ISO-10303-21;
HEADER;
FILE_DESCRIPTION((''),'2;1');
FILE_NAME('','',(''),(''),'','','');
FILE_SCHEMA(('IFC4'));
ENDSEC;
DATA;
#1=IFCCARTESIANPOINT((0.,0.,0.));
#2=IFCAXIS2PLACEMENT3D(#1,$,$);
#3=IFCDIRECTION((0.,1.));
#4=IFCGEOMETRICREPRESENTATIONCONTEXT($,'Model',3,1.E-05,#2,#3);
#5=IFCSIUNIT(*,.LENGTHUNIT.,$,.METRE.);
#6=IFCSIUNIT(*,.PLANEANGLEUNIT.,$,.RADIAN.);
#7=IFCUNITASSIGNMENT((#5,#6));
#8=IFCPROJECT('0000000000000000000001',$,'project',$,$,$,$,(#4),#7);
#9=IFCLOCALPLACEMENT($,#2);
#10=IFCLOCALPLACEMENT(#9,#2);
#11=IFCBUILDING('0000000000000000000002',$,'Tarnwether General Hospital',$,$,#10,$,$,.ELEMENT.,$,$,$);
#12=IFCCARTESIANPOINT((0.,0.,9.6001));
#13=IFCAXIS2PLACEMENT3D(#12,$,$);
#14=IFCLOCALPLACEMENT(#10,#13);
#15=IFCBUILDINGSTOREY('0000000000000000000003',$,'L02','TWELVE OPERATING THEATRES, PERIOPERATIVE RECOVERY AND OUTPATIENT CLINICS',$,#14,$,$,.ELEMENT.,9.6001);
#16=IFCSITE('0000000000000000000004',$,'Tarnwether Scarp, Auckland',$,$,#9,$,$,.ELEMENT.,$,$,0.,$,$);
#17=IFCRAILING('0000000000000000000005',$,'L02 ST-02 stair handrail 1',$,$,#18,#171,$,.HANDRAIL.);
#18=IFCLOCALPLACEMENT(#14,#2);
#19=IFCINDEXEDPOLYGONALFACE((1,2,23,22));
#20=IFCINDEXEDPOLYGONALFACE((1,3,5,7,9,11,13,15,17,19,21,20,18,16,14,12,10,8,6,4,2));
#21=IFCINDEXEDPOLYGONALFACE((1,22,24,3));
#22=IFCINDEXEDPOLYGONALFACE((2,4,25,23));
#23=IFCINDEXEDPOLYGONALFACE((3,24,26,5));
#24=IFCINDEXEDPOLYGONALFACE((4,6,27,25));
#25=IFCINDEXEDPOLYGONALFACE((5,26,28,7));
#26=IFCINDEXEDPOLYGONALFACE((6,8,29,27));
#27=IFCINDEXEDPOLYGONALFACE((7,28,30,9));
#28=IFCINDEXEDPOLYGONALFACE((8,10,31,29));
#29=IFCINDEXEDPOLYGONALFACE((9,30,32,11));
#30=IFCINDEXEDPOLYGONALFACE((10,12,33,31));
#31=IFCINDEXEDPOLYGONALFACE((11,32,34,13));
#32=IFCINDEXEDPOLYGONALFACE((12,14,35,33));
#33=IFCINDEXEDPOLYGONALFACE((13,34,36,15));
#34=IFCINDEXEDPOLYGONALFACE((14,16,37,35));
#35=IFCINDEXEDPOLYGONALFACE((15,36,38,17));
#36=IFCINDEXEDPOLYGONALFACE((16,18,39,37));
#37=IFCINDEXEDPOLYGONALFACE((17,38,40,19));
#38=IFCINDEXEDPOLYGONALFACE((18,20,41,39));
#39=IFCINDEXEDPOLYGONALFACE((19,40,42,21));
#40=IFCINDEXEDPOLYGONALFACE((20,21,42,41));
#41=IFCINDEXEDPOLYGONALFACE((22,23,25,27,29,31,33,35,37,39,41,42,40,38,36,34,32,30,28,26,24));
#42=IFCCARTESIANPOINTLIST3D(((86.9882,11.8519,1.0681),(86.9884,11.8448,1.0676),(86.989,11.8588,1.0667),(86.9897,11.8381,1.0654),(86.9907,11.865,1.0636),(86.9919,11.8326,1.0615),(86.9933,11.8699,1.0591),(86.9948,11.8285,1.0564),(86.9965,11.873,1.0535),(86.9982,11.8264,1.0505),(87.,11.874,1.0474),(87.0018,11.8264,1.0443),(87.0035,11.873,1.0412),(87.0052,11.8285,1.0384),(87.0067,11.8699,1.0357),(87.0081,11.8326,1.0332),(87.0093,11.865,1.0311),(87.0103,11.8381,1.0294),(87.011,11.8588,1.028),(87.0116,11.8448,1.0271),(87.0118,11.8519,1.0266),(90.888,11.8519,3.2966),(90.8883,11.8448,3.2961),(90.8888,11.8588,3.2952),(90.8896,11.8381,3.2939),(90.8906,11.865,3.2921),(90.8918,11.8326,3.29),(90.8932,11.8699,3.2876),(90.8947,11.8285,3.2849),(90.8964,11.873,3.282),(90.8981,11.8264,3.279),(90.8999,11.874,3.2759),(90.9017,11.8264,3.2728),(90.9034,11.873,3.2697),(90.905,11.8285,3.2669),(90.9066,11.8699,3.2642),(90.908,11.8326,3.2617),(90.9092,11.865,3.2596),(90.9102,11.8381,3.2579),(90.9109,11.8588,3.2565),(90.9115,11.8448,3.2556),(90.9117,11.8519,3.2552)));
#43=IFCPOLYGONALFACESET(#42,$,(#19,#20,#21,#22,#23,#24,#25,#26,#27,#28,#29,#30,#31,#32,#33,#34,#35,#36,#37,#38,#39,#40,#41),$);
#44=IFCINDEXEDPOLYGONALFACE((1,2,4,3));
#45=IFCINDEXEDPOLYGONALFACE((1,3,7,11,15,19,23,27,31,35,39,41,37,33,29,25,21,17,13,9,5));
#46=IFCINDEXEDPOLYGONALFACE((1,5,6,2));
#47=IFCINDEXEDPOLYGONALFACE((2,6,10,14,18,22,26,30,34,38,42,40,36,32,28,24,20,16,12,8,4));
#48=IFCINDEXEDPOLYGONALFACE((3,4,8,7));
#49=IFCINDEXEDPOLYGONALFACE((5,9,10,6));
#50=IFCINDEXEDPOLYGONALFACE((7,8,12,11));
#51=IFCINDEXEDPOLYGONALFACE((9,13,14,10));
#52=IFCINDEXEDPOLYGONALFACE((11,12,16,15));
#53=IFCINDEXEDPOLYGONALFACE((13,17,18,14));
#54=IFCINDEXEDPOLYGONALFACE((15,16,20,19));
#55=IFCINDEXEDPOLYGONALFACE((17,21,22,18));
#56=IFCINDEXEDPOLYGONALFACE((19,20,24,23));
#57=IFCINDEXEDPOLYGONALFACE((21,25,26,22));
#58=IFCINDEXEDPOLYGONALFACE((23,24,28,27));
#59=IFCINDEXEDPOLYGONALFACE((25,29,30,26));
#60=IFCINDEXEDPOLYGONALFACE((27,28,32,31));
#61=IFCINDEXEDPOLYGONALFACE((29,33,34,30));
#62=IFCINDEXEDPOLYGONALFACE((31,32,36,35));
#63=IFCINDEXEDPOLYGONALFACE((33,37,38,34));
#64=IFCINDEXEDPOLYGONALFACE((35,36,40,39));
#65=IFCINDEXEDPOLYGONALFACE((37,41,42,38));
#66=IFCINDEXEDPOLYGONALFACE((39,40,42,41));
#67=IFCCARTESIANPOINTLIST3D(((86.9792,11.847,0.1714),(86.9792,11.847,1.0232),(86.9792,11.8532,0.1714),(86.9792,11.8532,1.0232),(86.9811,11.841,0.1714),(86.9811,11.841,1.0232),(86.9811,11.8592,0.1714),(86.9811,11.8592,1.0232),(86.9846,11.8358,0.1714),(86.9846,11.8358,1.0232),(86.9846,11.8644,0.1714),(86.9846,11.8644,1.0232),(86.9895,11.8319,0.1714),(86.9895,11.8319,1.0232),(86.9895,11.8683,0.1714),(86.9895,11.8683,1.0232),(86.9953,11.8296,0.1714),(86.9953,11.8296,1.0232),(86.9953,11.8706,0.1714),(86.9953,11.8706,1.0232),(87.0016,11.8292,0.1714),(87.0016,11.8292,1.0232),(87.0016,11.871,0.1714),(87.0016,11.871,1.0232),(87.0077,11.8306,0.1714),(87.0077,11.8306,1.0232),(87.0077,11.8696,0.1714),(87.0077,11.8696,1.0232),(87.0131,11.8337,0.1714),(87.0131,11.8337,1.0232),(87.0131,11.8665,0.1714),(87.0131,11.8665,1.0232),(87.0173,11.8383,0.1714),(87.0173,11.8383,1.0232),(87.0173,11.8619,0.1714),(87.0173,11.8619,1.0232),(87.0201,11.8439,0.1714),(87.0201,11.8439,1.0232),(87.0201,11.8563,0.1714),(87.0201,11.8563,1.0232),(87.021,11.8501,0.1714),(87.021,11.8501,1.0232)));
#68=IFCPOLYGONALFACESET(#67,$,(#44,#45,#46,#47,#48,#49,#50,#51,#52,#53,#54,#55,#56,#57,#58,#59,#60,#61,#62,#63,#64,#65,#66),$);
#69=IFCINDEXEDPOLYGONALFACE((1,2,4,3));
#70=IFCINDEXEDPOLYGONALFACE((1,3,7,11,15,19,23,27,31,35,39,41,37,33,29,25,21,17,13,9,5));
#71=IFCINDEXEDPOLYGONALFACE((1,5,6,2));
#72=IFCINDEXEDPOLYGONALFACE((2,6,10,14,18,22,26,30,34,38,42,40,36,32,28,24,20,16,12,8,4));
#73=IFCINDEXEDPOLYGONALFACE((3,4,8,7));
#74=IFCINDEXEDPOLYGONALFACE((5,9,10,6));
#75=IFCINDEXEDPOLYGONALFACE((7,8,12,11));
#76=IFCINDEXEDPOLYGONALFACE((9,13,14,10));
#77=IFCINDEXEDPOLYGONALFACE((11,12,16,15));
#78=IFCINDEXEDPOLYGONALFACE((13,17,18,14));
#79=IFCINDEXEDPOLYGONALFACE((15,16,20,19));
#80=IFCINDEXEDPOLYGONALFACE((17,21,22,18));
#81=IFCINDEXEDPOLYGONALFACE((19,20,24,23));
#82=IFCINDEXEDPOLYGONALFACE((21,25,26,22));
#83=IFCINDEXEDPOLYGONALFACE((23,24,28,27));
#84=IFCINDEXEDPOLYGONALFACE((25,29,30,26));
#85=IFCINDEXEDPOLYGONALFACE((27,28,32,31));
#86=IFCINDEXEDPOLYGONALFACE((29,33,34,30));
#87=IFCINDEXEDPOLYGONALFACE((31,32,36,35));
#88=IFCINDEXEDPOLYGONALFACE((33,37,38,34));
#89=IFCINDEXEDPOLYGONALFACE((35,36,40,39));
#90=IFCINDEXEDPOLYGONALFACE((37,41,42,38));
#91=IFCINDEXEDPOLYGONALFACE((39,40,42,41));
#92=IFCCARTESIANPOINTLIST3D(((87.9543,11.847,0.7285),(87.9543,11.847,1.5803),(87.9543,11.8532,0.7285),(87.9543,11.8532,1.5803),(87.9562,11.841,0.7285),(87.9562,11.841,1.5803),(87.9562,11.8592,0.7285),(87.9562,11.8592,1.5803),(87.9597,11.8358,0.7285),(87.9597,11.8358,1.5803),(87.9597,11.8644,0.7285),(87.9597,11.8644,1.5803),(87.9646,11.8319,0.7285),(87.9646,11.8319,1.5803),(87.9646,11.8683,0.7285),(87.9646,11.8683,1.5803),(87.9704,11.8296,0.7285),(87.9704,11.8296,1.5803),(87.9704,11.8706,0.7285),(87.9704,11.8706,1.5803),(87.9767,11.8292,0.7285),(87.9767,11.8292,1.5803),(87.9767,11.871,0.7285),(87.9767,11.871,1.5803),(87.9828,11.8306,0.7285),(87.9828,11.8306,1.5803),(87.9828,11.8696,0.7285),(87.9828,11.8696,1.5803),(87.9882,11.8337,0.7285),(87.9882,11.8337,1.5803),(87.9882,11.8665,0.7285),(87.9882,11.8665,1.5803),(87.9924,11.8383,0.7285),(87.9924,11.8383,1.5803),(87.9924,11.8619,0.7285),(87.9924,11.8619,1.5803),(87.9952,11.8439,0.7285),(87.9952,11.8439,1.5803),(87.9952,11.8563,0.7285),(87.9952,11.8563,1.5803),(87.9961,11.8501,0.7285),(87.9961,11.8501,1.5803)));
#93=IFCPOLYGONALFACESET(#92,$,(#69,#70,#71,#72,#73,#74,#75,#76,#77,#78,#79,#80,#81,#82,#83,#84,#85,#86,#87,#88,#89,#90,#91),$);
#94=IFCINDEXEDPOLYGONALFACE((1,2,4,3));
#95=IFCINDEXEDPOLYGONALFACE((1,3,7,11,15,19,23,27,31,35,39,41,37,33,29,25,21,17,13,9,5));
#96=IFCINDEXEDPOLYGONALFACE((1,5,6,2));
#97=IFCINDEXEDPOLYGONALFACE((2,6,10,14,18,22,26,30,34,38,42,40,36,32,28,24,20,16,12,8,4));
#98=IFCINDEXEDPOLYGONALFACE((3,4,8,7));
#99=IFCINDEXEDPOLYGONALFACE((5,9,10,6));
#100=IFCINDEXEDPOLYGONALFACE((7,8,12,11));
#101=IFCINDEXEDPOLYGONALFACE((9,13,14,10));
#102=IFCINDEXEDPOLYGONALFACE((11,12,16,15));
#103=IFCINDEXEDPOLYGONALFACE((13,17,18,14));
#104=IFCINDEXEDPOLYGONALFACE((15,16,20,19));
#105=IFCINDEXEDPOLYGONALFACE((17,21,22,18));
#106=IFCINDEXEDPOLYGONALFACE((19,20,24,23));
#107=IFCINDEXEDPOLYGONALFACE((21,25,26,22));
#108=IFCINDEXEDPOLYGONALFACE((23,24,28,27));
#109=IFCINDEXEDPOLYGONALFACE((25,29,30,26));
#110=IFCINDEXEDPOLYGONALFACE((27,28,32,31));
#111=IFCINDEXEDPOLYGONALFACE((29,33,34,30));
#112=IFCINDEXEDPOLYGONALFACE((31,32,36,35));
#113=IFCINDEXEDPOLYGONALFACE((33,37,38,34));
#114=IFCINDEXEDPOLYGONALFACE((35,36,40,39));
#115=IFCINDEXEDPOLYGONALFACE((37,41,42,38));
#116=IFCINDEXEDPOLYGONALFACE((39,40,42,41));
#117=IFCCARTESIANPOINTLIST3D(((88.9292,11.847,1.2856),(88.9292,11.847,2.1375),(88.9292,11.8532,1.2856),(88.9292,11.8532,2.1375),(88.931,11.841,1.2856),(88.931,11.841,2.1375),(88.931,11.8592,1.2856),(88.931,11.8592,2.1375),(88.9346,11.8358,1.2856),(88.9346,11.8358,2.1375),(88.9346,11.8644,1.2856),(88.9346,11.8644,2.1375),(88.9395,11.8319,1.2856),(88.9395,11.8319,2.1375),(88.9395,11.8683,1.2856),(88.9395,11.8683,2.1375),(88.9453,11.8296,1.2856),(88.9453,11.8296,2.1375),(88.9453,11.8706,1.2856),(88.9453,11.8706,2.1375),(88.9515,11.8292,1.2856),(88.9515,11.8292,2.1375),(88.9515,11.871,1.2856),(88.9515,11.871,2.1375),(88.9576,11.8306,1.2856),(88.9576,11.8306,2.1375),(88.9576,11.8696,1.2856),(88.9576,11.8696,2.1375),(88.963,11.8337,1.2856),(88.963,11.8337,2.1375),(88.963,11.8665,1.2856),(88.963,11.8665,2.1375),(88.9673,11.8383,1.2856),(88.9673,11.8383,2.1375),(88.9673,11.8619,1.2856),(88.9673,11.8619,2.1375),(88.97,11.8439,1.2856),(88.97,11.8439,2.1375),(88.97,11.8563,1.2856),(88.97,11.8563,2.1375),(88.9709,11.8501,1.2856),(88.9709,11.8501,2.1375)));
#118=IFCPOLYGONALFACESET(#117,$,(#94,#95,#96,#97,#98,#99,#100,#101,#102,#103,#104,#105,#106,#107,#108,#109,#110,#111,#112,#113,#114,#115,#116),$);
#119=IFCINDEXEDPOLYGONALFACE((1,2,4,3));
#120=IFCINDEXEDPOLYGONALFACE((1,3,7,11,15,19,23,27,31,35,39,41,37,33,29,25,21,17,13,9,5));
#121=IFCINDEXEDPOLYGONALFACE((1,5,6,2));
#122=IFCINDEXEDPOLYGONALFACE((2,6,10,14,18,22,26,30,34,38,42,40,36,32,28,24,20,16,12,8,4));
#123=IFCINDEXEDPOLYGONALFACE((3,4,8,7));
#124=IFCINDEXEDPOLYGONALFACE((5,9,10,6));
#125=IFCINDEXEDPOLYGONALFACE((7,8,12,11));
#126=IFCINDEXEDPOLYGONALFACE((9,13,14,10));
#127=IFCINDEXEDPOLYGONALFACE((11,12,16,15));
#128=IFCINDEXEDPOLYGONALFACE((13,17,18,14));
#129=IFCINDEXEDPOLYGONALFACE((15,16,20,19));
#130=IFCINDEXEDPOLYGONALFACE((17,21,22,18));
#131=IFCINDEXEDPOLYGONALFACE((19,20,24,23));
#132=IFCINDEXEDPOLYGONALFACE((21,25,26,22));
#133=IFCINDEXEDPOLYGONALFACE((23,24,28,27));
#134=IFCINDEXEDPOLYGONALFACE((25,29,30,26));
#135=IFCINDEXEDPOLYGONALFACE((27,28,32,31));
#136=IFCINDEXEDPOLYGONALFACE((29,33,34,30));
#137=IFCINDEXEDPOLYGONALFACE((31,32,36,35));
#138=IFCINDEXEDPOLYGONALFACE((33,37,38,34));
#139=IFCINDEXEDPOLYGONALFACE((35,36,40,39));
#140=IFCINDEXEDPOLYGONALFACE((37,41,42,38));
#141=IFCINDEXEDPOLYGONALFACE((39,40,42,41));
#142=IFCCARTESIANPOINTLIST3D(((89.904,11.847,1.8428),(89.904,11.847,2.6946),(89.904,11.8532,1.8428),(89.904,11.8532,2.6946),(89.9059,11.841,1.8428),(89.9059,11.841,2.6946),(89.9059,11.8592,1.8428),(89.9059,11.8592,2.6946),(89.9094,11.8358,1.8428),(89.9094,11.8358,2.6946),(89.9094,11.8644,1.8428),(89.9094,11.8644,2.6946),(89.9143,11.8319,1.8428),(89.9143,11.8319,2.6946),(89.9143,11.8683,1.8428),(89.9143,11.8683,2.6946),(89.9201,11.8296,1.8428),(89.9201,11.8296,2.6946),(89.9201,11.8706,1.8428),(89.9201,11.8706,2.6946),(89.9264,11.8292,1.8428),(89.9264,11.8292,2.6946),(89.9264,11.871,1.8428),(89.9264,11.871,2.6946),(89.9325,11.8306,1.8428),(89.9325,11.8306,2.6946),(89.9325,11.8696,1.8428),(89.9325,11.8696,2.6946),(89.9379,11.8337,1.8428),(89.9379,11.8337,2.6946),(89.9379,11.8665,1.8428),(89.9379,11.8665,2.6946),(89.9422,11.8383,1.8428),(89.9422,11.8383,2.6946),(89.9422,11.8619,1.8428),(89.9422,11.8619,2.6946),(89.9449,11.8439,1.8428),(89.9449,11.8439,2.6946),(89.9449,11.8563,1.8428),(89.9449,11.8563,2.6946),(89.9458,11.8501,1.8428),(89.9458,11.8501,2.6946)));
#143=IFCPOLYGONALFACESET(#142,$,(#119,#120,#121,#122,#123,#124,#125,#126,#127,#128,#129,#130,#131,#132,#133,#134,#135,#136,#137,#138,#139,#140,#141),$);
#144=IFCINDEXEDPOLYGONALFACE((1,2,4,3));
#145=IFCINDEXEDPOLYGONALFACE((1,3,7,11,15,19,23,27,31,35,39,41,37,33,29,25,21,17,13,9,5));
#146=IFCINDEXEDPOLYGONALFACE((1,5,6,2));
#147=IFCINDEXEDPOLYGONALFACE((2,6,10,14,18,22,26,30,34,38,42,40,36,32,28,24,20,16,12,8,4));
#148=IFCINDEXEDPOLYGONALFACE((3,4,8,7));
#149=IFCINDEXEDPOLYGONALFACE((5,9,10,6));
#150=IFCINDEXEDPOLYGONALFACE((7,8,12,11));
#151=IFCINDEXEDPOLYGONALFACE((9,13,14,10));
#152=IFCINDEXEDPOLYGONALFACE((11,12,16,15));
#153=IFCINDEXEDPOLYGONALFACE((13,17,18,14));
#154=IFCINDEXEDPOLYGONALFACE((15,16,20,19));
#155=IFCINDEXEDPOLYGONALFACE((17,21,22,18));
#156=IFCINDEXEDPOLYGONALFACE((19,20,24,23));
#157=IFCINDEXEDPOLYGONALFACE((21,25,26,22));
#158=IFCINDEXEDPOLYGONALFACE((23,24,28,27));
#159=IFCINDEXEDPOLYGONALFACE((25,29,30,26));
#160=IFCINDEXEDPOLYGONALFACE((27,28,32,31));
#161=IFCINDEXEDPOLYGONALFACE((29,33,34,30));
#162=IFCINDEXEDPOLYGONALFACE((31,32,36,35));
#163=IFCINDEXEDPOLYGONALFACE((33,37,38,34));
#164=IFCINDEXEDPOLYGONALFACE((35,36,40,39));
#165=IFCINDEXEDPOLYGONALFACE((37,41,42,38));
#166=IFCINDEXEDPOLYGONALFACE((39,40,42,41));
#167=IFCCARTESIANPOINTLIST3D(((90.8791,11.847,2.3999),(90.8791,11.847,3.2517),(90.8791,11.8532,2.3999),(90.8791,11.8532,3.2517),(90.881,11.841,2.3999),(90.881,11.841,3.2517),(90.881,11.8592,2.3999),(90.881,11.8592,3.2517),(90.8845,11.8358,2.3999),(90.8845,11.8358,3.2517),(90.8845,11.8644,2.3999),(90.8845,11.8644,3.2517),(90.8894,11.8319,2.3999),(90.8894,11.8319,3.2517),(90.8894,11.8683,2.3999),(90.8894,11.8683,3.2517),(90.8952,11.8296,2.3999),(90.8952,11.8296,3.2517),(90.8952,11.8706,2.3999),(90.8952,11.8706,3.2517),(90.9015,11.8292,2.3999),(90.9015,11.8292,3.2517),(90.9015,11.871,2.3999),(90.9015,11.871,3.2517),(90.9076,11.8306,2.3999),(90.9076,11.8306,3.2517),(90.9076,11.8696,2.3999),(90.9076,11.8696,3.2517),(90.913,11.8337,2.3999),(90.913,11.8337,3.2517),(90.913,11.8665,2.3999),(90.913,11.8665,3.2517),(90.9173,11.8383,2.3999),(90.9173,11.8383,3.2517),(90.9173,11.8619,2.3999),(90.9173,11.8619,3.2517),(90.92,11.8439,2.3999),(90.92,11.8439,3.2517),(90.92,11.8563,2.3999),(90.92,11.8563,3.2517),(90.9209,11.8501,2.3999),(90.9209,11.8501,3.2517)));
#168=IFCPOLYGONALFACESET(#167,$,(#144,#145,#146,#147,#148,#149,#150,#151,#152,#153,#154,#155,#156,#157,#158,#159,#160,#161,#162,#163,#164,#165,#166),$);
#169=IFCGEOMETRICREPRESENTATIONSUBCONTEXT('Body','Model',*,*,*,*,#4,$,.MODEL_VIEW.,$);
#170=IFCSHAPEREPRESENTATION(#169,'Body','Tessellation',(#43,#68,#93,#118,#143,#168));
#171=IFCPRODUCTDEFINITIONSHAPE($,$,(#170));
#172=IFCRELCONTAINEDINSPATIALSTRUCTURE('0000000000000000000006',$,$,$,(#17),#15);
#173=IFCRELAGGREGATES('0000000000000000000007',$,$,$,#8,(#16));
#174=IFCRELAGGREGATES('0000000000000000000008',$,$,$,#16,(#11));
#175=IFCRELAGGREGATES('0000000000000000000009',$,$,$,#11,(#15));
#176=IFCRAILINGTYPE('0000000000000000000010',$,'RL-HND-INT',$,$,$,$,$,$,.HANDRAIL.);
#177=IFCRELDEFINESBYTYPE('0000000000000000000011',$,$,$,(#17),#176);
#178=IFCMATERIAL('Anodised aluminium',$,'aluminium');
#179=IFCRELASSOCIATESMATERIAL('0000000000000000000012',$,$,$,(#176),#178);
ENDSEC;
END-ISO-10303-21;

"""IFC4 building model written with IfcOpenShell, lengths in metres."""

from ifc_helpers import new_model, si_unit, direction, frame, origin, origin_2d, place, context, subcontext, project, spatial, circle, extrude, material, type_object, element, save


model = new_model("IFC4")

# Units and contexts
model_context = context("Model", 3, precision=1e-05, world=origin(), true_north=direction((0.0, 1.0)))
body_context = subcontext(model_context, "Body", "Model", "MODEL_VIEW")
ifc_project = project(units=[si_unit("LENGTHUNIT", "METRE"), si_unit("PLANEANGLEUNIT", "RADIAN")], contexts=[model_context])

# Site, building, storey
site_placement = place(None, origin())
site = spatial("IfcSite", under=ifc_project, at=site_placement, Name="Tarnwether Scarp, Auckland", CompositionType="ELEMENT", RefElevation=0.0)
building_placement = place(site_placement, origin())
building = spatial("IfcBuilding", under=site, at=building_placement, Name="Tarnwether General Hospital", CompositionType="ELEMENT")
storey_placement = place(building_placement, frame((0.0, 0.0, 9.6001)))
storey = spatial("IfcBuildingStorey", under=building, at=storey_placement, Name="L02", Description="TWELVE OPERATING THEATRES, PERIOPERATIVE RECOVERY AND OUTPATIENT CLINICS", CompositionType="ELEMENT", Elevation=9.6001)

# Railing
ifc_material_1 = material(Name="Anodised aluminium", Category="aluminium")
railing_type_1 = type_object("IfcRailingType", Name="RL-HND-INT", PredefinedType="HANDRAIL", material=ifc_material_1)
railing_1_placement = place(storey_placement, frame((87.0, 11.8501, 0.1714)))
element("IfcRailing", 1, at=railing_1_placement, inside=storey, type_object=railing_type_1, Name="L02 ST-02 stair handrail 1", PredefinedType="HANDRAIL", context=body_context, shape_type="SweptSolid", body=[
    extrude(circle(Radius=0.0239, at=origin_2d()), frame((0.0, 0.0, 0.876), z_axis=(0.868243, 0.0, 0.496139), x_axis=(0.0, 1.0, 0.0)), (0.0, 0.0, 1.0), 4.4917),
    extrude(circle(Radius=0.021, at=origin_2d()), origin(), (0.0, 0.0, 1.0), 0.8518),
    extrude(circle(Radius=0.021, at=origin_2d()), frame((0.9751, 0.0, 0.5571)), (0.0, 0.0, 1.0), 0.8518),
    extrude(circle(Radius=0.021, at=origin_2d()), frame((1.95, 0.0, 1.1143)), (0.0, 0.0, 1.0), 0.8518),
    extrude(circle(Radius=0.021, at=origin_2d()), frame((2.9248, 0.0, 1.6714)), (0.0, 0.0, 1.0), 0.8518),
    extrude(circle(Radius=0.021, at=origin_2d()), frame((3.8999, 0.0, 2.2285)), (0.0, 0.0, 1.0), 0.8518),
])

save(model, "model.ifc")
